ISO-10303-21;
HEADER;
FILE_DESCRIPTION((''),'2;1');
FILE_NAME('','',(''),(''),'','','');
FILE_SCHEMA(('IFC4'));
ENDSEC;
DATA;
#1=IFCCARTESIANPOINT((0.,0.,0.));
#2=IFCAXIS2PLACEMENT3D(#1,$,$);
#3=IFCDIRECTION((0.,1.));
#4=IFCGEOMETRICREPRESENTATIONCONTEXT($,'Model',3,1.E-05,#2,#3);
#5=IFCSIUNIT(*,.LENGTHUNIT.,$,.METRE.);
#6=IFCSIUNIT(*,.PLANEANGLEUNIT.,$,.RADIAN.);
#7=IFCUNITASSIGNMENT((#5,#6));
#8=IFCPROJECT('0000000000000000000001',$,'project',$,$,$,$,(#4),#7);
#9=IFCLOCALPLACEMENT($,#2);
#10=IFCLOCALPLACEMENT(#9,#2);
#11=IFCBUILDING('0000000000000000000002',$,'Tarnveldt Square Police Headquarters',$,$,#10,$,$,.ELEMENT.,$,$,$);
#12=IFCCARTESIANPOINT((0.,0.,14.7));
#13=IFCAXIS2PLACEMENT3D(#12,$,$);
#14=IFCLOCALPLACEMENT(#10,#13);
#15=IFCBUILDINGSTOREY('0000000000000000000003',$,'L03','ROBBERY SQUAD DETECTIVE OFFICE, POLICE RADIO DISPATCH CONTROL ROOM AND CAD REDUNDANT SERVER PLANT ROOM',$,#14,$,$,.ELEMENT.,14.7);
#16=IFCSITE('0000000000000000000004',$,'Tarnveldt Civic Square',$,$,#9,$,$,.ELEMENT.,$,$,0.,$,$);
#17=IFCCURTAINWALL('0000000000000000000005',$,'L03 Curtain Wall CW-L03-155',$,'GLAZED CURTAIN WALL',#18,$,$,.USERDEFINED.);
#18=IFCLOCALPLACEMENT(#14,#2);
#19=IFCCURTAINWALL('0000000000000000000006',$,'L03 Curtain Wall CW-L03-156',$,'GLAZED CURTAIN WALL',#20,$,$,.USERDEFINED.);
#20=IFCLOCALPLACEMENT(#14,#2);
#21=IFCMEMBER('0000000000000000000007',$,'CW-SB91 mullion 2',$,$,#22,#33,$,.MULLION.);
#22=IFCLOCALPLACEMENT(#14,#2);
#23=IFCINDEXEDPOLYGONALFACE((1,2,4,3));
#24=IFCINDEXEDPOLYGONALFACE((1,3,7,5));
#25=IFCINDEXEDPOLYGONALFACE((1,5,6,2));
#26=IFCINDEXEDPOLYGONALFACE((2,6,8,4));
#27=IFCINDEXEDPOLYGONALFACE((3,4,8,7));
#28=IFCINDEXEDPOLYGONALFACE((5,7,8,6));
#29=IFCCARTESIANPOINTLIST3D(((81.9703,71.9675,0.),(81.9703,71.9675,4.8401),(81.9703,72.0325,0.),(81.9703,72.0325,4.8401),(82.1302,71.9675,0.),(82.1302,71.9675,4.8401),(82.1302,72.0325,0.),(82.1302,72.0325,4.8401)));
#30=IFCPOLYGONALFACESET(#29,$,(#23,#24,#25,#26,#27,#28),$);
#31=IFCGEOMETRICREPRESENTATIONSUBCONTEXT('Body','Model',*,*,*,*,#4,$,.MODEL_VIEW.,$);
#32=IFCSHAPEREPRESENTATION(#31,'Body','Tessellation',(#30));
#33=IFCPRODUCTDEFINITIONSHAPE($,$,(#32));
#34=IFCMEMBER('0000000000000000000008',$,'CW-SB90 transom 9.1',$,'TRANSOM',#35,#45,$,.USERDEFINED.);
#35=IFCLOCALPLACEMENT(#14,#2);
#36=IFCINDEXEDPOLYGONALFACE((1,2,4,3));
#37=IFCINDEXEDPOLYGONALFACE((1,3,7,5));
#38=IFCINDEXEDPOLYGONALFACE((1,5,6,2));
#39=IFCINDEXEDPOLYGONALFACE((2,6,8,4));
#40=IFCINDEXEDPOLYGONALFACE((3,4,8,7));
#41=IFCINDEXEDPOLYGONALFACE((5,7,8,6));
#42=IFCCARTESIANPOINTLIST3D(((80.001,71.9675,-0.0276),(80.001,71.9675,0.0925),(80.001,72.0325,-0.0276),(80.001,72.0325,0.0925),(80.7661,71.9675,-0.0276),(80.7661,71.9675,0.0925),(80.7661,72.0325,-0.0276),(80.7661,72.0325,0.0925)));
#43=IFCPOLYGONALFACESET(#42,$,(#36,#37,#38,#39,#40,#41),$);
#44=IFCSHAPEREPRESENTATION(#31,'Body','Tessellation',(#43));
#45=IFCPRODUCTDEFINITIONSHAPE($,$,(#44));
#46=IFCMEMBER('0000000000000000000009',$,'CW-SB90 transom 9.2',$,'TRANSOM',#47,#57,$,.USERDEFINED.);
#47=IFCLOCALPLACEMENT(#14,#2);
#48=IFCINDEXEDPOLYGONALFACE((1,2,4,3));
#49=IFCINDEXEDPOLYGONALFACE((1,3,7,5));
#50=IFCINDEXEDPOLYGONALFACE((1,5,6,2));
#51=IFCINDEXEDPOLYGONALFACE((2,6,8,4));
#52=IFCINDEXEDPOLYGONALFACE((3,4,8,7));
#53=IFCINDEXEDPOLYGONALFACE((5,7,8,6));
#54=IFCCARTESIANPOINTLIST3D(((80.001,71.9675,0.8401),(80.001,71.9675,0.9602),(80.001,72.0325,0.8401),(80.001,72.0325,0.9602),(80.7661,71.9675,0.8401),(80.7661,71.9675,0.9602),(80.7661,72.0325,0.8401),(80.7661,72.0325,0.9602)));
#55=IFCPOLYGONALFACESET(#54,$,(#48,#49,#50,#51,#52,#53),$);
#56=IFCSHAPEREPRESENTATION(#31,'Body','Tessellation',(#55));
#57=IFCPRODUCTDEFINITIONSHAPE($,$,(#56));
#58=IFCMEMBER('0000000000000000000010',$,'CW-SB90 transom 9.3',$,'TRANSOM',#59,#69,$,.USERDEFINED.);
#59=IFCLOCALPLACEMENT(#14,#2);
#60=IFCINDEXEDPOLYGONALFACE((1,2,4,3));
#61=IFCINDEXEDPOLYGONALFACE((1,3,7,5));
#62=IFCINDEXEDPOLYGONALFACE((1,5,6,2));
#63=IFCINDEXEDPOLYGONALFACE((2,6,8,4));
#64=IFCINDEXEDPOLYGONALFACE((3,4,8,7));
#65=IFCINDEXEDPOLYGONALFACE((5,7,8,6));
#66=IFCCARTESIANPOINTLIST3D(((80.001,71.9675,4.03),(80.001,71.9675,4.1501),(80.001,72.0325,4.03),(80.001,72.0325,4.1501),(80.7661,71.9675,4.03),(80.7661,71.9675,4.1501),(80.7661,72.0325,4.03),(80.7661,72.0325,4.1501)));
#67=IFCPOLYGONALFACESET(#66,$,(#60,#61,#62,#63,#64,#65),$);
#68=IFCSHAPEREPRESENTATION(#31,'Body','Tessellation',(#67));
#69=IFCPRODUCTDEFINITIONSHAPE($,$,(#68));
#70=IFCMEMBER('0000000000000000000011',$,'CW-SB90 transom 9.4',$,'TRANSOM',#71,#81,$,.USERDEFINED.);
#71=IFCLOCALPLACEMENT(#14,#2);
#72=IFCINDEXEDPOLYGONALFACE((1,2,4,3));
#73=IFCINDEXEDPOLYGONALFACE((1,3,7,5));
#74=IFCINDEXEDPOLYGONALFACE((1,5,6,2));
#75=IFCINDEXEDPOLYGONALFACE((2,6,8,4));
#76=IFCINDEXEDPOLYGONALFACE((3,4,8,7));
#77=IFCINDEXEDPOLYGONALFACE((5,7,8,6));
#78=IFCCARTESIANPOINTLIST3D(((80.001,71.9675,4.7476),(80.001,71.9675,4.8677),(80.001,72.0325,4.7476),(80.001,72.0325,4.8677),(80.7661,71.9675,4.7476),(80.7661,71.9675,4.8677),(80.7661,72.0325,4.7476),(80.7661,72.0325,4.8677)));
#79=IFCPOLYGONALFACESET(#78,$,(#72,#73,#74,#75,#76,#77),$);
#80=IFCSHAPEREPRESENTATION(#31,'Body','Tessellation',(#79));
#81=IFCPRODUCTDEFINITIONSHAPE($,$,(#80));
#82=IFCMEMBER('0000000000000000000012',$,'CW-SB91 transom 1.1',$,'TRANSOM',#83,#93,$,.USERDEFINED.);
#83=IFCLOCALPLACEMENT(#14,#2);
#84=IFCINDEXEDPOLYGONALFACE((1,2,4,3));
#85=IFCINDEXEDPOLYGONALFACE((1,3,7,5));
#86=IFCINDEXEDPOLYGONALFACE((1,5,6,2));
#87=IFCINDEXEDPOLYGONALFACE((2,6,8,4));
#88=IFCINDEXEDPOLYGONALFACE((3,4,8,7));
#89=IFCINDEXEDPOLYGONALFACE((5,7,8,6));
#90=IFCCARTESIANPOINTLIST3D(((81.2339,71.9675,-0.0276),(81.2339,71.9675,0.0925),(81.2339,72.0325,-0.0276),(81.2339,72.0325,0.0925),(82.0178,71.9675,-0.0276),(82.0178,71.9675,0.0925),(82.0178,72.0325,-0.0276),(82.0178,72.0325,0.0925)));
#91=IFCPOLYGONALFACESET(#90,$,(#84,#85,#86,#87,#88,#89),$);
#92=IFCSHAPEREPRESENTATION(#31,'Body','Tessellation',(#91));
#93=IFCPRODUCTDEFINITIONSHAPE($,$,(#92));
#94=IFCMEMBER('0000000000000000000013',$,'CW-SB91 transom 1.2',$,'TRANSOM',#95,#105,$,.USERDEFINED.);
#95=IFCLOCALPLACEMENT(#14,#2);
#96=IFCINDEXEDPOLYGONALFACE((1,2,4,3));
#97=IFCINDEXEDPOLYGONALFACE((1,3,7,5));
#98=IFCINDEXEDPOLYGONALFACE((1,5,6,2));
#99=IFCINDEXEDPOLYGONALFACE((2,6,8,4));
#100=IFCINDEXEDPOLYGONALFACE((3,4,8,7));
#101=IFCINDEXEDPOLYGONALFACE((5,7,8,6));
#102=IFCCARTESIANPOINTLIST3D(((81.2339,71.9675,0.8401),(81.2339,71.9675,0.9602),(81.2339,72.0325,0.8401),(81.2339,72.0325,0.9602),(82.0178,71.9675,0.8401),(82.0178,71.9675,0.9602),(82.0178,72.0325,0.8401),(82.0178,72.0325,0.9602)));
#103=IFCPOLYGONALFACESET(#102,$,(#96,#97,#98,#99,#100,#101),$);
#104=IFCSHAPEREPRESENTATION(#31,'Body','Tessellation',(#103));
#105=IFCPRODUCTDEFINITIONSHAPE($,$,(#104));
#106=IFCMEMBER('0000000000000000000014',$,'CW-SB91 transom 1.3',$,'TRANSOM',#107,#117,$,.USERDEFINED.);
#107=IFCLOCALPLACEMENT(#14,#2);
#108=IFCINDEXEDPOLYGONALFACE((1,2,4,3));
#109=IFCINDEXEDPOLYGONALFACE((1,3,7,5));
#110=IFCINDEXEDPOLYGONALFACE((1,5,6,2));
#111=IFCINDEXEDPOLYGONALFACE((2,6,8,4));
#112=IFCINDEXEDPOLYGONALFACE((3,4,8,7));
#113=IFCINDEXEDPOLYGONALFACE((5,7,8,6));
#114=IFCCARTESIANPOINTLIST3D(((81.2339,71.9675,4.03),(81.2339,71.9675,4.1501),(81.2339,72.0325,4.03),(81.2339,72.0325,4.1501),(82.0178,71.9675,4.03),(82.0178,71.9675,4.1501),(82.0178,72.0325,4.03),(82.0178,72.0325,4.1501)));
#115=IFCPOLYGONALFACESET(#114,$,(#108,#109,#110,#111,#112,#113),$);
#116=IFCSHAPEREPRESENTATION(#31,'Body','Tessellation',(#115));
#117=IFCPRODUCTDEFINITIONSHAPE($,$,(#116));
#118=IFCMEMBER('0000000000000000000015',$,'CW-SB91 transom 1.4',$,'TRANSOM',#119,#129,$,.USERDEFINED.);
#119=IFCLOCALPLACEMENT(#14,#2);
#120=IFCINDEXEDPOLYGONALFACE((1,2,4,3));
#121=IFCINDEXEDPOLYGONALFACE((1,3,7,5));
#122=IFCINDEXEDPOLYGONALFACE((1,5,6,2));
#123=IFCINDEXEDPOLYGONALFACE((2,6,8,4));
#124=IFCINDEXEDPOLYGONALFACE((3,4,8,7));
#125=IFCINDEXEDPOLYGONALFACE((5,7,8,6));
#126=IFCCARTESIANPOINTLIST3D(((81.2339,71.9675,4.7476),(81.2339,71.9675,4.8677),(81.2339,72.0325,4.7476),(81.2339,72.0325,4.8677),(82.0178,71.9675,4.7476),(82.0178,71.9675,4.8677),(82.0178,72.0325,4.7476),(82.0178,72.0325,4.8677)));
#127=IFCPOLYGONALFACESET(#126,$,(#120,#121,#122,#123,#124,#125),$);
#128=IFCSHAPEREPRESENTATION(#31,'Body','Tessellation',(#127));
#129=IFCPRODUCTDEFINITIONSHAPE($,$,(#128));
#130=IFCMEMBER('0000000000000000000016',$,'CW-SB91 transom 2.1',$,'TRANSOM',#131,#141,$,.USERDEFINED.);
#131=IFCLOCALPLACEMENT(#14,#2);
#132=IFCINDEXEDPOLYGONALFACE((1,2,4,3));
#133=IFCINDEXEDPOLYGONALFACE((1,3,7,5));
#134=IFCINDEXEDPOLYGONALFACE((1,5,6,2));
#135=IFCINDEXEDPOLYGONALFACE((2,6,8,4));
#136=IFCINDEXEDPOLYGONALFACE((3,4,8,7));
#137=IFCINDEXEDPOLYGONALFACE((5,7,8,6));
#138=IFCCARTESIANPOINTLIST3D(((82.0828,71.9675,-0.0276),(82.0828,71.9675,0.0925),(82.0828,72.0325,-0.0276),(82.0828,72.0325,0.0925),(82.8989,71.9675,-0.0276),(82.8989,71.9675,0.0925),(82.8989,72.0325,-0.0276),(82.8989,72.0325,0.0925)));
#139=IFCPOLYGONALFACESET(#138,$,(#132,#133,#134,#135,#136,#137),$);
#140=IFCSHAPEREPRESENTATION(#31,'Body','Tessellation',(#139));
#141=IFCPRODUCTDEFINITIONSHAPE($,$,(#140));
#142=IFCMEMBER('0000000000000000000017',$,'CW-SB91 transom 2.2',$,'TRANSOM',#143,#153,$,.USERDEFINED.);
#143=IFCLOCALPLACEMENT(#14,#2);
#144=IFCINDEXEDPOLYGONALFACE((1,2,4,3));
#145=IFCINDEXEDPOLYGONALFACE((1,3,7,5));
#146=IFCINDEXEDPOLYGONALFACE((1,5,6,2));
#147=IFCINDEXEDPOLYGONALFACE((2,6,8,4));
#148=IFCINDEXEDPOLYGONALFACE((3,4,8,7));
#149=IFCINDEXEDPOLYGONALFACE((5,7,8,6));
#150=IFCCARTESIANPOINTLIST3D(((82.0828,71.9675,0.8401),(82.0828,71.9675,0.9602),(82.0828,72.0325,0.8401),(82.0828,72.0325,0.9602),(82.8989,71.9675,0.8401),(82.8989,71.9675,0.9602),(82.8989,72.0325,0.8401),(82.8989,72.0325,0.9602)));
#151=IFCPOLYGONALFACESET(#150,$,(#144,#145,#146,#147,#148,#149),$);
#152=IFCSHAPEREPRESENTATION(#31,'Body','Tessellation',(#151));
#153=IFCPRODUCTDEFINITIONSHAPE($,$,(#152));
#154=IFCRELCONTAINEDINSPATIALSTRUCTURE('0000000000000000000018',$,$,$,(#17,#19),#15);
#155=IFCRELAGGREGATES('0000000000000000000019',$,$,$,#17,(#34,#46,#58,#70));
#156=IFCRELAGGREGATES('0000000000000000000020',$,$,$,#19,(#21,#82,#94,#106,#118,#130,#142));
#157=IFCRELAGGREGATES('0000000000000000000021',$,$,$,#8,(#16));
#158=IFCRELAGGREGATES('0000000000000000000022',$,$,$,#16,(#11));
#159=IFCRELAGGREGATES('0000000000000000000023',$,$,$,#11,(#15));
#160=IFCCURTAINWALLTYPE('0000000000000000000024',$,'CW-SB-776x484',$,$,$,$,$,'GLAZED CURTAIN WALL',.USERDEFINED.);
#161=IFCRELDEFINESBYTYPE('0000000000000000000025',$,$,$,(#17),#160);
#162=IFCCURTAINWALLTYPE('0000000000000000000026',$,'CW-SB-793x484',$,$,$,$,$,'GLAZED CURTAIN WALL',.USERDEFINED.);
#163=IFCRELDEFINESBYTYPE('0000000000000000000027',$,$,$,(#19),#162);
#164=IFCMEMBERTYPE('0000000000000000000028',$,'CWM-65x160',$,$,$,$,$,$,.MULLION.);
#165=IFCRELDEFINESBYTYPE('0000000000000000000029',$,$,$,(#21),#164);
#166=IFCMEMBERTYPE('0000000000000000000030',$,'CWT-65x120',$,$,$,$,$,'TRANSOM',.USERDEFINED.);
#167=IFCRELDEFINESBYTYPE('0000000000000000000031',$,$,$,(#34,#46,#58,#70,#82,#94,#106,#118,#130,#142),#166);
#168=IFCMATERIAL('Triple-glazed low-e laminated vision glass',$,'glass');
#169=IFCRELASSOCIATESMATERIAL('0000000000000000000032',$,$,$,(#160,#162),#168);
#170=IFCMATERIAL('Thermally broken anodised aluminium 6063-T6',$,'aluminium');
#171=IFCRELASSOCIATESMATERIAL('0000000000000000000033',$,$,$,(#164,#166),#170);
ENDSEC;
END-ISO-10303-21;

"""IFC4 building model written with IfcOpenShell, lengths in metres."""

from ifc_helpers import new_model, si_unit, direction, frame, origin, origin_2d, place, context, subcontext, project, spatial, rectangle, extrude, material, material_profile, profile_set, type_object, element, aggregate, save


model = new_model("IFC4")

# Units and contexts
model_context = context("Model", 3, precision=1e-05, world=origin(), true_north=direction((0.0, 1.0)))
body_context = subcontext(model_context, "Body", "Model", "MODEL_VIEW")
ifc_project = project(units=[si_unit("LENGTHUNIT", "METRE"), si_unit("PLANEANGLEUNIT", "RADIAN")], contexts=[model_context])

# Site, building, storey
site_placement = place(None, origin())
site = spatial("IfcSite", under=ifc_project, at=site_placement, Name="Tarnveldt Civic Square", CompositionType="ELEMENT", RefElevation=0.0)
building_placement = place(site_placement, origin())
building = spatial("IfcBuilding", under=site, at=building_placement, Name="Tarnveldt Square Police Headquarters", CompositionType="ELEMENT")
storey_placement = place(building_placement, frame((0.0, 0.0, 14.7)))
storey = spatial("IfcBuildingStorey", under=building, at=storey_placement, Name="L03", Description="ROBBERY SQUAD DETECTIVE OFFICE, POLICE RADIO DISPATCH CONTROL ROOM AND CAD REDUNDANT SERVER PLANT ROOM", CompositionType="ELEMENT", Elevation=14.7)

# Curtain walls, member
ifc_material_1 = material(Name="Triple-glazed low-e laminated vision glass", Category="glass")
curtain_wall_type_1 = type_object("IfcCurtainWallType", Name="CW-SB-776x484", ElementType="GLAZED CURTAIN WALL", PredefinedType="USERDEFINED", material=ifc_material_1)
curtain_wall_1_placement = place(storey_placement, origin())
curtain_wall_1 = element("IfcCurtainWall", 1, at=curtain_wall_1_placement, inside=storey, type_object=curtain_wall_type_1, Name="L03 Curtain Wall CW-L03-155", ObjectType="GLAZED CURTAIN WALL", PredefinedType="USERDEFINED")
ifc_material_2 = material(Name="Thermally broken anodised aluminium 6063-T6", Category="aluminium")
ifc_material_profile_1 = material_profile(ifc_material_2, rectangle(XDim=0.0649, YDim=0.1599, at=origin_2d()), Name="CW-M65x160")
ifc_profile_set_1 = profile_set([ifc_material_profile_1], Name="Thermally broken anodised aluminium 6063-T6")
member_type_1 = type_object("IfcMemberType", Name="CWM-65x160", PredefinedType="MULLION", material=ifc_profile_set_1)
curtain_wall_type_2 = type_object("IfcCurtainWallType", Name="CW-SB-793x484", ElementType="GLAZED CURTAIN WALL", PredefinedType="USERDEFINED", material=ifc_material_1)
curtain_wall_2_placement = place(storey_placement, origin())
curtain_wall_2 = element("IfcCurtainWall", 2, at=curtain_wall_2_placement, inside=storey, type_object=curtain_wall_type_2, Name="L03 Curtain Wall CW-L03-156", ObjectType="GLAZED CURTAIN WALL", PredefinedType="USERDEFINED")
member_1_placement = place(storey_placement, frame((82.0503, 72.0, 0.0), z_axis=(0.0, 0.0, 1.0), x_axis=(0.0, 1.0, 0.0)))
member_1 = element("IfcMember", 3, at=member_1_placement, type_object=member_type_1, Name="CW-SB91 mullion 2", PredefinedType="MULLION", context=body_context, shape_type="SweptSolid", body=[
    extrude(rectangle(XDim=0.0649, YDim=0.1599, at=origin_2d()), origin(), (0.0, 0.0, 1.0), 4.8401),
])

# Members
ifc_material_profile_2 = material_profile(ifc_material_2, rectangle(XDim=0.0649, YDim=0.1201, at=origin_2d()), Name="CW-T65x120")
ifc_profile_set_2 = profile_set([ifc_material_profile_2], Name="Thermally broken anodised aluminium 6063-T6")
member_type_2 = type_object("IfcMemberType", Name="CWT-65x120", ElementType="TRANSOM", PredefinedType="USERDEFINED", material=ifc_profile_set_2)
member_2_placement = place(storey_placement, frame((80.001, 72.0, 0.0325), z_axis=(1.0, 0.0, 0.0), x_axis=(0.0, 1.0, 0.0)))
member_2 = element("IfcMember", 4, at=member_2_placement, type_object=member_type_2, Name="CW-SB90 transom 9.1", ObjectType="TRANSOM", PredefinedType="USERDEFINED", context=body_context, shape_type="SweptSolid", body=[
    extrude(rectangle(XDim=0.0649, YDim=0.1201, at=origin_2d()), origin(), (0.0, 0.0, 1.0), 0.7651),
])
member_3_placement = place(storey_placement, frame((80.001, 72.0, 0.9001), z_axis=(1.0, 0.0, 0.0), x_axis=(0.0, 1.0, 0.0)))
member_3 = element("IfcMember", 5, at=member_3_placement, type_object=member_type_2, Name="CW-SB90 transom 9.2", ObjectType="TRANSOM", PredefinedType="USERDEFINED", context=body_context, shape_type="SweptSolid", body=[
    extrude(rectangle(XDim=0.0649, YDim=0.1201, at=origin_2d()), origin(), (0.0, 0.0, 1.0), 0.7651),
])
member_4_placement = place(storey_placement, frame((80.001, 72.0, 4.0901), z_axis=(1.0, 0.0, 0.0), x_axis=(0.0, 1.0, 0.0)))
member_4 = element("IfcMember", 6, at=member_4_placement, type_object=member_type_2, Name="CW-SB90 transom 9.3", ObjectType="TRANSOM", PredefinedType="USERDEFINED", context=body_context, shape_type="SweptSolid", body=[
    extrude(rectangle(XDim=0.0649, YDim=0.1201, at=origin_2d()), origin(), (0.0, 0.0, 1.0), 0.7651),
])
member_5_placement = place(storey_placement, frame((80.001, 72.0, 4.8076), z_axis=(1.0, 0.0, 0.0), x_axis=(0.0, 1.0, 0.0)))
member_5 = element("IfcMember", 7, at=member_5_placement, type_object=member_type_2, Name="CW-SB90 transom 9.4", ObjectType="TRANSOM", PredefinedType="USERDEFINED", context=body_context, shape_type="SweptSolid", body=[
    extrude(rectangle(XDim=0.0649, YDim=0.1201, at=origin_2d()), origin(), (0.0, 0.0, 1.0), 0.7651),
])
member_6_placement = place(storey_placement, frame((81.2339, 72.0, 0.0325), z_axis=(1.0, 0.0, 0.0), x_axis=(0.0, 1.0, 0.0)))
member_6 = element("IfcMember", 8, at=member_6_placement, type_object=member_type_2, Name="CW-SB91 transom 1.1", ObjectType="TRANSOM", PredefinedType="USERDEFINED", context=body_context, shape_type="SweptSolid", body=[
    extrude(rectangle(XDim=0.0649, YDim=0.1201, at=origin_2d()), origin(), (0.0, 0.0, 1.0), 0.7839),
])
member_7_placement = place(storey_placement, frame((81.2339, 72.0, 0.9001), z_axis=(1.0, 0.0, 0.0), x_axis=(0.0, 1.0, 0.0)))
member_7 = element("IfcMember", 9, at=member_7_placement, type_object=member_type_2, Name="CW-SB91 transom 1.2", ObjectType="TRANSOM", PredefinedType="USERDEFINED", context=body_context, shape_type="SweptSolid", body=[
    extrude(rectangle(XDim=0.0649, YDim=0.1201, at=origin_2d()), origin(), (0.0, 0.0, 1.0), 0.7839),
])
member_8_placement = place(storey_placement, frame((81.2339, 72.0, 4.0901), z_axis=(1.0, 0.0, 0.0), x_axis=(0.0, 1.0, 0.0)))
member_8 = element("IfcMember", 10, at=member_8_placement, type_object=member_type_2, Name="CW-SB91 transom 1.3", ObjectType="TRANSOM", PredefinedType="USERDEFINED", context=body_context, shape_type="SweptSolid", body=[
    extrude(rectangle(XDim=0.0649, YDim=0.1201, at=origin_2d()), origin(), (0.0, 0.0, 1.0), 0.7839),
])
member_9_placement = place(storey_placement, frame((81.2339, 72.0, 4.8076), z_axis=(1.0, 0.0, 0.0), x_axis=(0.0, 1.0, 0.0)))
member_9 = element("IfcMember", 11, at=member_9_placement, type_object=member_type_2, Name="CW-SB91 transom 1.4", ObjectType="TRANSOM", PredefinedType="USERDEFINED", context=body_context, shape_type="SweptSolid", body=[
    extrude(rectangle(XDim=0.0649, YDim=0.1201, at=origin_2d()), origin(), (0.0, 0.0, 1.0), 0.7839),
])
member_10_placement = place(storey_placement, frame((82.0828, 72.0, 0.0325), z_axis=(1.0, 0.0, 0.0), x_axis=(0.0, 1.0, 0.0)))
member_10 = element("IfcMember", 12, at=member_10_placement, type_object=member_type_2, Name="CW-SB91 transom 2.1", ObjectType="TRANSOM", PredefinedType="USERDEFINED", context=body_context, shape_type="SweptSolid", body=[
    extrude(rectangle(XDim=0.0649, YDim=0.1201, at=origin_2d()), origin(), (0.0, 0.0, 1.0), 0.8162),
])
member_11_placement = place(storey_placement, frame((82.0828, 72.0, 0.9001), z_axis=(1.0, 0.0, 0.0), x_axis=(0.0, 1.0, 0.0)))
member_11 = element("IfcMember", 13, at=member_11_placement, type_object=member_type_2, Name="CW-SB91 transom 2.2", ObjectType="TRANSOM", PredefinedType="USERDEFINED", context=body_context, shape_type="SweptSolid", body=[
    extrude(rectangle(XDim=0.0649, YDim=0.1201, at=origin_2d()), origin(), (0.0, 0.0, 1.0), 0.8162),
])

aggregate(curtain_wall_1, [member_2, member_3, member_4, member_5])
aggregate(curtain_wall_2, [member_1, member_6, member_7, member_8, member_9, member_10, member_11])

save(model, "model.ifc")
